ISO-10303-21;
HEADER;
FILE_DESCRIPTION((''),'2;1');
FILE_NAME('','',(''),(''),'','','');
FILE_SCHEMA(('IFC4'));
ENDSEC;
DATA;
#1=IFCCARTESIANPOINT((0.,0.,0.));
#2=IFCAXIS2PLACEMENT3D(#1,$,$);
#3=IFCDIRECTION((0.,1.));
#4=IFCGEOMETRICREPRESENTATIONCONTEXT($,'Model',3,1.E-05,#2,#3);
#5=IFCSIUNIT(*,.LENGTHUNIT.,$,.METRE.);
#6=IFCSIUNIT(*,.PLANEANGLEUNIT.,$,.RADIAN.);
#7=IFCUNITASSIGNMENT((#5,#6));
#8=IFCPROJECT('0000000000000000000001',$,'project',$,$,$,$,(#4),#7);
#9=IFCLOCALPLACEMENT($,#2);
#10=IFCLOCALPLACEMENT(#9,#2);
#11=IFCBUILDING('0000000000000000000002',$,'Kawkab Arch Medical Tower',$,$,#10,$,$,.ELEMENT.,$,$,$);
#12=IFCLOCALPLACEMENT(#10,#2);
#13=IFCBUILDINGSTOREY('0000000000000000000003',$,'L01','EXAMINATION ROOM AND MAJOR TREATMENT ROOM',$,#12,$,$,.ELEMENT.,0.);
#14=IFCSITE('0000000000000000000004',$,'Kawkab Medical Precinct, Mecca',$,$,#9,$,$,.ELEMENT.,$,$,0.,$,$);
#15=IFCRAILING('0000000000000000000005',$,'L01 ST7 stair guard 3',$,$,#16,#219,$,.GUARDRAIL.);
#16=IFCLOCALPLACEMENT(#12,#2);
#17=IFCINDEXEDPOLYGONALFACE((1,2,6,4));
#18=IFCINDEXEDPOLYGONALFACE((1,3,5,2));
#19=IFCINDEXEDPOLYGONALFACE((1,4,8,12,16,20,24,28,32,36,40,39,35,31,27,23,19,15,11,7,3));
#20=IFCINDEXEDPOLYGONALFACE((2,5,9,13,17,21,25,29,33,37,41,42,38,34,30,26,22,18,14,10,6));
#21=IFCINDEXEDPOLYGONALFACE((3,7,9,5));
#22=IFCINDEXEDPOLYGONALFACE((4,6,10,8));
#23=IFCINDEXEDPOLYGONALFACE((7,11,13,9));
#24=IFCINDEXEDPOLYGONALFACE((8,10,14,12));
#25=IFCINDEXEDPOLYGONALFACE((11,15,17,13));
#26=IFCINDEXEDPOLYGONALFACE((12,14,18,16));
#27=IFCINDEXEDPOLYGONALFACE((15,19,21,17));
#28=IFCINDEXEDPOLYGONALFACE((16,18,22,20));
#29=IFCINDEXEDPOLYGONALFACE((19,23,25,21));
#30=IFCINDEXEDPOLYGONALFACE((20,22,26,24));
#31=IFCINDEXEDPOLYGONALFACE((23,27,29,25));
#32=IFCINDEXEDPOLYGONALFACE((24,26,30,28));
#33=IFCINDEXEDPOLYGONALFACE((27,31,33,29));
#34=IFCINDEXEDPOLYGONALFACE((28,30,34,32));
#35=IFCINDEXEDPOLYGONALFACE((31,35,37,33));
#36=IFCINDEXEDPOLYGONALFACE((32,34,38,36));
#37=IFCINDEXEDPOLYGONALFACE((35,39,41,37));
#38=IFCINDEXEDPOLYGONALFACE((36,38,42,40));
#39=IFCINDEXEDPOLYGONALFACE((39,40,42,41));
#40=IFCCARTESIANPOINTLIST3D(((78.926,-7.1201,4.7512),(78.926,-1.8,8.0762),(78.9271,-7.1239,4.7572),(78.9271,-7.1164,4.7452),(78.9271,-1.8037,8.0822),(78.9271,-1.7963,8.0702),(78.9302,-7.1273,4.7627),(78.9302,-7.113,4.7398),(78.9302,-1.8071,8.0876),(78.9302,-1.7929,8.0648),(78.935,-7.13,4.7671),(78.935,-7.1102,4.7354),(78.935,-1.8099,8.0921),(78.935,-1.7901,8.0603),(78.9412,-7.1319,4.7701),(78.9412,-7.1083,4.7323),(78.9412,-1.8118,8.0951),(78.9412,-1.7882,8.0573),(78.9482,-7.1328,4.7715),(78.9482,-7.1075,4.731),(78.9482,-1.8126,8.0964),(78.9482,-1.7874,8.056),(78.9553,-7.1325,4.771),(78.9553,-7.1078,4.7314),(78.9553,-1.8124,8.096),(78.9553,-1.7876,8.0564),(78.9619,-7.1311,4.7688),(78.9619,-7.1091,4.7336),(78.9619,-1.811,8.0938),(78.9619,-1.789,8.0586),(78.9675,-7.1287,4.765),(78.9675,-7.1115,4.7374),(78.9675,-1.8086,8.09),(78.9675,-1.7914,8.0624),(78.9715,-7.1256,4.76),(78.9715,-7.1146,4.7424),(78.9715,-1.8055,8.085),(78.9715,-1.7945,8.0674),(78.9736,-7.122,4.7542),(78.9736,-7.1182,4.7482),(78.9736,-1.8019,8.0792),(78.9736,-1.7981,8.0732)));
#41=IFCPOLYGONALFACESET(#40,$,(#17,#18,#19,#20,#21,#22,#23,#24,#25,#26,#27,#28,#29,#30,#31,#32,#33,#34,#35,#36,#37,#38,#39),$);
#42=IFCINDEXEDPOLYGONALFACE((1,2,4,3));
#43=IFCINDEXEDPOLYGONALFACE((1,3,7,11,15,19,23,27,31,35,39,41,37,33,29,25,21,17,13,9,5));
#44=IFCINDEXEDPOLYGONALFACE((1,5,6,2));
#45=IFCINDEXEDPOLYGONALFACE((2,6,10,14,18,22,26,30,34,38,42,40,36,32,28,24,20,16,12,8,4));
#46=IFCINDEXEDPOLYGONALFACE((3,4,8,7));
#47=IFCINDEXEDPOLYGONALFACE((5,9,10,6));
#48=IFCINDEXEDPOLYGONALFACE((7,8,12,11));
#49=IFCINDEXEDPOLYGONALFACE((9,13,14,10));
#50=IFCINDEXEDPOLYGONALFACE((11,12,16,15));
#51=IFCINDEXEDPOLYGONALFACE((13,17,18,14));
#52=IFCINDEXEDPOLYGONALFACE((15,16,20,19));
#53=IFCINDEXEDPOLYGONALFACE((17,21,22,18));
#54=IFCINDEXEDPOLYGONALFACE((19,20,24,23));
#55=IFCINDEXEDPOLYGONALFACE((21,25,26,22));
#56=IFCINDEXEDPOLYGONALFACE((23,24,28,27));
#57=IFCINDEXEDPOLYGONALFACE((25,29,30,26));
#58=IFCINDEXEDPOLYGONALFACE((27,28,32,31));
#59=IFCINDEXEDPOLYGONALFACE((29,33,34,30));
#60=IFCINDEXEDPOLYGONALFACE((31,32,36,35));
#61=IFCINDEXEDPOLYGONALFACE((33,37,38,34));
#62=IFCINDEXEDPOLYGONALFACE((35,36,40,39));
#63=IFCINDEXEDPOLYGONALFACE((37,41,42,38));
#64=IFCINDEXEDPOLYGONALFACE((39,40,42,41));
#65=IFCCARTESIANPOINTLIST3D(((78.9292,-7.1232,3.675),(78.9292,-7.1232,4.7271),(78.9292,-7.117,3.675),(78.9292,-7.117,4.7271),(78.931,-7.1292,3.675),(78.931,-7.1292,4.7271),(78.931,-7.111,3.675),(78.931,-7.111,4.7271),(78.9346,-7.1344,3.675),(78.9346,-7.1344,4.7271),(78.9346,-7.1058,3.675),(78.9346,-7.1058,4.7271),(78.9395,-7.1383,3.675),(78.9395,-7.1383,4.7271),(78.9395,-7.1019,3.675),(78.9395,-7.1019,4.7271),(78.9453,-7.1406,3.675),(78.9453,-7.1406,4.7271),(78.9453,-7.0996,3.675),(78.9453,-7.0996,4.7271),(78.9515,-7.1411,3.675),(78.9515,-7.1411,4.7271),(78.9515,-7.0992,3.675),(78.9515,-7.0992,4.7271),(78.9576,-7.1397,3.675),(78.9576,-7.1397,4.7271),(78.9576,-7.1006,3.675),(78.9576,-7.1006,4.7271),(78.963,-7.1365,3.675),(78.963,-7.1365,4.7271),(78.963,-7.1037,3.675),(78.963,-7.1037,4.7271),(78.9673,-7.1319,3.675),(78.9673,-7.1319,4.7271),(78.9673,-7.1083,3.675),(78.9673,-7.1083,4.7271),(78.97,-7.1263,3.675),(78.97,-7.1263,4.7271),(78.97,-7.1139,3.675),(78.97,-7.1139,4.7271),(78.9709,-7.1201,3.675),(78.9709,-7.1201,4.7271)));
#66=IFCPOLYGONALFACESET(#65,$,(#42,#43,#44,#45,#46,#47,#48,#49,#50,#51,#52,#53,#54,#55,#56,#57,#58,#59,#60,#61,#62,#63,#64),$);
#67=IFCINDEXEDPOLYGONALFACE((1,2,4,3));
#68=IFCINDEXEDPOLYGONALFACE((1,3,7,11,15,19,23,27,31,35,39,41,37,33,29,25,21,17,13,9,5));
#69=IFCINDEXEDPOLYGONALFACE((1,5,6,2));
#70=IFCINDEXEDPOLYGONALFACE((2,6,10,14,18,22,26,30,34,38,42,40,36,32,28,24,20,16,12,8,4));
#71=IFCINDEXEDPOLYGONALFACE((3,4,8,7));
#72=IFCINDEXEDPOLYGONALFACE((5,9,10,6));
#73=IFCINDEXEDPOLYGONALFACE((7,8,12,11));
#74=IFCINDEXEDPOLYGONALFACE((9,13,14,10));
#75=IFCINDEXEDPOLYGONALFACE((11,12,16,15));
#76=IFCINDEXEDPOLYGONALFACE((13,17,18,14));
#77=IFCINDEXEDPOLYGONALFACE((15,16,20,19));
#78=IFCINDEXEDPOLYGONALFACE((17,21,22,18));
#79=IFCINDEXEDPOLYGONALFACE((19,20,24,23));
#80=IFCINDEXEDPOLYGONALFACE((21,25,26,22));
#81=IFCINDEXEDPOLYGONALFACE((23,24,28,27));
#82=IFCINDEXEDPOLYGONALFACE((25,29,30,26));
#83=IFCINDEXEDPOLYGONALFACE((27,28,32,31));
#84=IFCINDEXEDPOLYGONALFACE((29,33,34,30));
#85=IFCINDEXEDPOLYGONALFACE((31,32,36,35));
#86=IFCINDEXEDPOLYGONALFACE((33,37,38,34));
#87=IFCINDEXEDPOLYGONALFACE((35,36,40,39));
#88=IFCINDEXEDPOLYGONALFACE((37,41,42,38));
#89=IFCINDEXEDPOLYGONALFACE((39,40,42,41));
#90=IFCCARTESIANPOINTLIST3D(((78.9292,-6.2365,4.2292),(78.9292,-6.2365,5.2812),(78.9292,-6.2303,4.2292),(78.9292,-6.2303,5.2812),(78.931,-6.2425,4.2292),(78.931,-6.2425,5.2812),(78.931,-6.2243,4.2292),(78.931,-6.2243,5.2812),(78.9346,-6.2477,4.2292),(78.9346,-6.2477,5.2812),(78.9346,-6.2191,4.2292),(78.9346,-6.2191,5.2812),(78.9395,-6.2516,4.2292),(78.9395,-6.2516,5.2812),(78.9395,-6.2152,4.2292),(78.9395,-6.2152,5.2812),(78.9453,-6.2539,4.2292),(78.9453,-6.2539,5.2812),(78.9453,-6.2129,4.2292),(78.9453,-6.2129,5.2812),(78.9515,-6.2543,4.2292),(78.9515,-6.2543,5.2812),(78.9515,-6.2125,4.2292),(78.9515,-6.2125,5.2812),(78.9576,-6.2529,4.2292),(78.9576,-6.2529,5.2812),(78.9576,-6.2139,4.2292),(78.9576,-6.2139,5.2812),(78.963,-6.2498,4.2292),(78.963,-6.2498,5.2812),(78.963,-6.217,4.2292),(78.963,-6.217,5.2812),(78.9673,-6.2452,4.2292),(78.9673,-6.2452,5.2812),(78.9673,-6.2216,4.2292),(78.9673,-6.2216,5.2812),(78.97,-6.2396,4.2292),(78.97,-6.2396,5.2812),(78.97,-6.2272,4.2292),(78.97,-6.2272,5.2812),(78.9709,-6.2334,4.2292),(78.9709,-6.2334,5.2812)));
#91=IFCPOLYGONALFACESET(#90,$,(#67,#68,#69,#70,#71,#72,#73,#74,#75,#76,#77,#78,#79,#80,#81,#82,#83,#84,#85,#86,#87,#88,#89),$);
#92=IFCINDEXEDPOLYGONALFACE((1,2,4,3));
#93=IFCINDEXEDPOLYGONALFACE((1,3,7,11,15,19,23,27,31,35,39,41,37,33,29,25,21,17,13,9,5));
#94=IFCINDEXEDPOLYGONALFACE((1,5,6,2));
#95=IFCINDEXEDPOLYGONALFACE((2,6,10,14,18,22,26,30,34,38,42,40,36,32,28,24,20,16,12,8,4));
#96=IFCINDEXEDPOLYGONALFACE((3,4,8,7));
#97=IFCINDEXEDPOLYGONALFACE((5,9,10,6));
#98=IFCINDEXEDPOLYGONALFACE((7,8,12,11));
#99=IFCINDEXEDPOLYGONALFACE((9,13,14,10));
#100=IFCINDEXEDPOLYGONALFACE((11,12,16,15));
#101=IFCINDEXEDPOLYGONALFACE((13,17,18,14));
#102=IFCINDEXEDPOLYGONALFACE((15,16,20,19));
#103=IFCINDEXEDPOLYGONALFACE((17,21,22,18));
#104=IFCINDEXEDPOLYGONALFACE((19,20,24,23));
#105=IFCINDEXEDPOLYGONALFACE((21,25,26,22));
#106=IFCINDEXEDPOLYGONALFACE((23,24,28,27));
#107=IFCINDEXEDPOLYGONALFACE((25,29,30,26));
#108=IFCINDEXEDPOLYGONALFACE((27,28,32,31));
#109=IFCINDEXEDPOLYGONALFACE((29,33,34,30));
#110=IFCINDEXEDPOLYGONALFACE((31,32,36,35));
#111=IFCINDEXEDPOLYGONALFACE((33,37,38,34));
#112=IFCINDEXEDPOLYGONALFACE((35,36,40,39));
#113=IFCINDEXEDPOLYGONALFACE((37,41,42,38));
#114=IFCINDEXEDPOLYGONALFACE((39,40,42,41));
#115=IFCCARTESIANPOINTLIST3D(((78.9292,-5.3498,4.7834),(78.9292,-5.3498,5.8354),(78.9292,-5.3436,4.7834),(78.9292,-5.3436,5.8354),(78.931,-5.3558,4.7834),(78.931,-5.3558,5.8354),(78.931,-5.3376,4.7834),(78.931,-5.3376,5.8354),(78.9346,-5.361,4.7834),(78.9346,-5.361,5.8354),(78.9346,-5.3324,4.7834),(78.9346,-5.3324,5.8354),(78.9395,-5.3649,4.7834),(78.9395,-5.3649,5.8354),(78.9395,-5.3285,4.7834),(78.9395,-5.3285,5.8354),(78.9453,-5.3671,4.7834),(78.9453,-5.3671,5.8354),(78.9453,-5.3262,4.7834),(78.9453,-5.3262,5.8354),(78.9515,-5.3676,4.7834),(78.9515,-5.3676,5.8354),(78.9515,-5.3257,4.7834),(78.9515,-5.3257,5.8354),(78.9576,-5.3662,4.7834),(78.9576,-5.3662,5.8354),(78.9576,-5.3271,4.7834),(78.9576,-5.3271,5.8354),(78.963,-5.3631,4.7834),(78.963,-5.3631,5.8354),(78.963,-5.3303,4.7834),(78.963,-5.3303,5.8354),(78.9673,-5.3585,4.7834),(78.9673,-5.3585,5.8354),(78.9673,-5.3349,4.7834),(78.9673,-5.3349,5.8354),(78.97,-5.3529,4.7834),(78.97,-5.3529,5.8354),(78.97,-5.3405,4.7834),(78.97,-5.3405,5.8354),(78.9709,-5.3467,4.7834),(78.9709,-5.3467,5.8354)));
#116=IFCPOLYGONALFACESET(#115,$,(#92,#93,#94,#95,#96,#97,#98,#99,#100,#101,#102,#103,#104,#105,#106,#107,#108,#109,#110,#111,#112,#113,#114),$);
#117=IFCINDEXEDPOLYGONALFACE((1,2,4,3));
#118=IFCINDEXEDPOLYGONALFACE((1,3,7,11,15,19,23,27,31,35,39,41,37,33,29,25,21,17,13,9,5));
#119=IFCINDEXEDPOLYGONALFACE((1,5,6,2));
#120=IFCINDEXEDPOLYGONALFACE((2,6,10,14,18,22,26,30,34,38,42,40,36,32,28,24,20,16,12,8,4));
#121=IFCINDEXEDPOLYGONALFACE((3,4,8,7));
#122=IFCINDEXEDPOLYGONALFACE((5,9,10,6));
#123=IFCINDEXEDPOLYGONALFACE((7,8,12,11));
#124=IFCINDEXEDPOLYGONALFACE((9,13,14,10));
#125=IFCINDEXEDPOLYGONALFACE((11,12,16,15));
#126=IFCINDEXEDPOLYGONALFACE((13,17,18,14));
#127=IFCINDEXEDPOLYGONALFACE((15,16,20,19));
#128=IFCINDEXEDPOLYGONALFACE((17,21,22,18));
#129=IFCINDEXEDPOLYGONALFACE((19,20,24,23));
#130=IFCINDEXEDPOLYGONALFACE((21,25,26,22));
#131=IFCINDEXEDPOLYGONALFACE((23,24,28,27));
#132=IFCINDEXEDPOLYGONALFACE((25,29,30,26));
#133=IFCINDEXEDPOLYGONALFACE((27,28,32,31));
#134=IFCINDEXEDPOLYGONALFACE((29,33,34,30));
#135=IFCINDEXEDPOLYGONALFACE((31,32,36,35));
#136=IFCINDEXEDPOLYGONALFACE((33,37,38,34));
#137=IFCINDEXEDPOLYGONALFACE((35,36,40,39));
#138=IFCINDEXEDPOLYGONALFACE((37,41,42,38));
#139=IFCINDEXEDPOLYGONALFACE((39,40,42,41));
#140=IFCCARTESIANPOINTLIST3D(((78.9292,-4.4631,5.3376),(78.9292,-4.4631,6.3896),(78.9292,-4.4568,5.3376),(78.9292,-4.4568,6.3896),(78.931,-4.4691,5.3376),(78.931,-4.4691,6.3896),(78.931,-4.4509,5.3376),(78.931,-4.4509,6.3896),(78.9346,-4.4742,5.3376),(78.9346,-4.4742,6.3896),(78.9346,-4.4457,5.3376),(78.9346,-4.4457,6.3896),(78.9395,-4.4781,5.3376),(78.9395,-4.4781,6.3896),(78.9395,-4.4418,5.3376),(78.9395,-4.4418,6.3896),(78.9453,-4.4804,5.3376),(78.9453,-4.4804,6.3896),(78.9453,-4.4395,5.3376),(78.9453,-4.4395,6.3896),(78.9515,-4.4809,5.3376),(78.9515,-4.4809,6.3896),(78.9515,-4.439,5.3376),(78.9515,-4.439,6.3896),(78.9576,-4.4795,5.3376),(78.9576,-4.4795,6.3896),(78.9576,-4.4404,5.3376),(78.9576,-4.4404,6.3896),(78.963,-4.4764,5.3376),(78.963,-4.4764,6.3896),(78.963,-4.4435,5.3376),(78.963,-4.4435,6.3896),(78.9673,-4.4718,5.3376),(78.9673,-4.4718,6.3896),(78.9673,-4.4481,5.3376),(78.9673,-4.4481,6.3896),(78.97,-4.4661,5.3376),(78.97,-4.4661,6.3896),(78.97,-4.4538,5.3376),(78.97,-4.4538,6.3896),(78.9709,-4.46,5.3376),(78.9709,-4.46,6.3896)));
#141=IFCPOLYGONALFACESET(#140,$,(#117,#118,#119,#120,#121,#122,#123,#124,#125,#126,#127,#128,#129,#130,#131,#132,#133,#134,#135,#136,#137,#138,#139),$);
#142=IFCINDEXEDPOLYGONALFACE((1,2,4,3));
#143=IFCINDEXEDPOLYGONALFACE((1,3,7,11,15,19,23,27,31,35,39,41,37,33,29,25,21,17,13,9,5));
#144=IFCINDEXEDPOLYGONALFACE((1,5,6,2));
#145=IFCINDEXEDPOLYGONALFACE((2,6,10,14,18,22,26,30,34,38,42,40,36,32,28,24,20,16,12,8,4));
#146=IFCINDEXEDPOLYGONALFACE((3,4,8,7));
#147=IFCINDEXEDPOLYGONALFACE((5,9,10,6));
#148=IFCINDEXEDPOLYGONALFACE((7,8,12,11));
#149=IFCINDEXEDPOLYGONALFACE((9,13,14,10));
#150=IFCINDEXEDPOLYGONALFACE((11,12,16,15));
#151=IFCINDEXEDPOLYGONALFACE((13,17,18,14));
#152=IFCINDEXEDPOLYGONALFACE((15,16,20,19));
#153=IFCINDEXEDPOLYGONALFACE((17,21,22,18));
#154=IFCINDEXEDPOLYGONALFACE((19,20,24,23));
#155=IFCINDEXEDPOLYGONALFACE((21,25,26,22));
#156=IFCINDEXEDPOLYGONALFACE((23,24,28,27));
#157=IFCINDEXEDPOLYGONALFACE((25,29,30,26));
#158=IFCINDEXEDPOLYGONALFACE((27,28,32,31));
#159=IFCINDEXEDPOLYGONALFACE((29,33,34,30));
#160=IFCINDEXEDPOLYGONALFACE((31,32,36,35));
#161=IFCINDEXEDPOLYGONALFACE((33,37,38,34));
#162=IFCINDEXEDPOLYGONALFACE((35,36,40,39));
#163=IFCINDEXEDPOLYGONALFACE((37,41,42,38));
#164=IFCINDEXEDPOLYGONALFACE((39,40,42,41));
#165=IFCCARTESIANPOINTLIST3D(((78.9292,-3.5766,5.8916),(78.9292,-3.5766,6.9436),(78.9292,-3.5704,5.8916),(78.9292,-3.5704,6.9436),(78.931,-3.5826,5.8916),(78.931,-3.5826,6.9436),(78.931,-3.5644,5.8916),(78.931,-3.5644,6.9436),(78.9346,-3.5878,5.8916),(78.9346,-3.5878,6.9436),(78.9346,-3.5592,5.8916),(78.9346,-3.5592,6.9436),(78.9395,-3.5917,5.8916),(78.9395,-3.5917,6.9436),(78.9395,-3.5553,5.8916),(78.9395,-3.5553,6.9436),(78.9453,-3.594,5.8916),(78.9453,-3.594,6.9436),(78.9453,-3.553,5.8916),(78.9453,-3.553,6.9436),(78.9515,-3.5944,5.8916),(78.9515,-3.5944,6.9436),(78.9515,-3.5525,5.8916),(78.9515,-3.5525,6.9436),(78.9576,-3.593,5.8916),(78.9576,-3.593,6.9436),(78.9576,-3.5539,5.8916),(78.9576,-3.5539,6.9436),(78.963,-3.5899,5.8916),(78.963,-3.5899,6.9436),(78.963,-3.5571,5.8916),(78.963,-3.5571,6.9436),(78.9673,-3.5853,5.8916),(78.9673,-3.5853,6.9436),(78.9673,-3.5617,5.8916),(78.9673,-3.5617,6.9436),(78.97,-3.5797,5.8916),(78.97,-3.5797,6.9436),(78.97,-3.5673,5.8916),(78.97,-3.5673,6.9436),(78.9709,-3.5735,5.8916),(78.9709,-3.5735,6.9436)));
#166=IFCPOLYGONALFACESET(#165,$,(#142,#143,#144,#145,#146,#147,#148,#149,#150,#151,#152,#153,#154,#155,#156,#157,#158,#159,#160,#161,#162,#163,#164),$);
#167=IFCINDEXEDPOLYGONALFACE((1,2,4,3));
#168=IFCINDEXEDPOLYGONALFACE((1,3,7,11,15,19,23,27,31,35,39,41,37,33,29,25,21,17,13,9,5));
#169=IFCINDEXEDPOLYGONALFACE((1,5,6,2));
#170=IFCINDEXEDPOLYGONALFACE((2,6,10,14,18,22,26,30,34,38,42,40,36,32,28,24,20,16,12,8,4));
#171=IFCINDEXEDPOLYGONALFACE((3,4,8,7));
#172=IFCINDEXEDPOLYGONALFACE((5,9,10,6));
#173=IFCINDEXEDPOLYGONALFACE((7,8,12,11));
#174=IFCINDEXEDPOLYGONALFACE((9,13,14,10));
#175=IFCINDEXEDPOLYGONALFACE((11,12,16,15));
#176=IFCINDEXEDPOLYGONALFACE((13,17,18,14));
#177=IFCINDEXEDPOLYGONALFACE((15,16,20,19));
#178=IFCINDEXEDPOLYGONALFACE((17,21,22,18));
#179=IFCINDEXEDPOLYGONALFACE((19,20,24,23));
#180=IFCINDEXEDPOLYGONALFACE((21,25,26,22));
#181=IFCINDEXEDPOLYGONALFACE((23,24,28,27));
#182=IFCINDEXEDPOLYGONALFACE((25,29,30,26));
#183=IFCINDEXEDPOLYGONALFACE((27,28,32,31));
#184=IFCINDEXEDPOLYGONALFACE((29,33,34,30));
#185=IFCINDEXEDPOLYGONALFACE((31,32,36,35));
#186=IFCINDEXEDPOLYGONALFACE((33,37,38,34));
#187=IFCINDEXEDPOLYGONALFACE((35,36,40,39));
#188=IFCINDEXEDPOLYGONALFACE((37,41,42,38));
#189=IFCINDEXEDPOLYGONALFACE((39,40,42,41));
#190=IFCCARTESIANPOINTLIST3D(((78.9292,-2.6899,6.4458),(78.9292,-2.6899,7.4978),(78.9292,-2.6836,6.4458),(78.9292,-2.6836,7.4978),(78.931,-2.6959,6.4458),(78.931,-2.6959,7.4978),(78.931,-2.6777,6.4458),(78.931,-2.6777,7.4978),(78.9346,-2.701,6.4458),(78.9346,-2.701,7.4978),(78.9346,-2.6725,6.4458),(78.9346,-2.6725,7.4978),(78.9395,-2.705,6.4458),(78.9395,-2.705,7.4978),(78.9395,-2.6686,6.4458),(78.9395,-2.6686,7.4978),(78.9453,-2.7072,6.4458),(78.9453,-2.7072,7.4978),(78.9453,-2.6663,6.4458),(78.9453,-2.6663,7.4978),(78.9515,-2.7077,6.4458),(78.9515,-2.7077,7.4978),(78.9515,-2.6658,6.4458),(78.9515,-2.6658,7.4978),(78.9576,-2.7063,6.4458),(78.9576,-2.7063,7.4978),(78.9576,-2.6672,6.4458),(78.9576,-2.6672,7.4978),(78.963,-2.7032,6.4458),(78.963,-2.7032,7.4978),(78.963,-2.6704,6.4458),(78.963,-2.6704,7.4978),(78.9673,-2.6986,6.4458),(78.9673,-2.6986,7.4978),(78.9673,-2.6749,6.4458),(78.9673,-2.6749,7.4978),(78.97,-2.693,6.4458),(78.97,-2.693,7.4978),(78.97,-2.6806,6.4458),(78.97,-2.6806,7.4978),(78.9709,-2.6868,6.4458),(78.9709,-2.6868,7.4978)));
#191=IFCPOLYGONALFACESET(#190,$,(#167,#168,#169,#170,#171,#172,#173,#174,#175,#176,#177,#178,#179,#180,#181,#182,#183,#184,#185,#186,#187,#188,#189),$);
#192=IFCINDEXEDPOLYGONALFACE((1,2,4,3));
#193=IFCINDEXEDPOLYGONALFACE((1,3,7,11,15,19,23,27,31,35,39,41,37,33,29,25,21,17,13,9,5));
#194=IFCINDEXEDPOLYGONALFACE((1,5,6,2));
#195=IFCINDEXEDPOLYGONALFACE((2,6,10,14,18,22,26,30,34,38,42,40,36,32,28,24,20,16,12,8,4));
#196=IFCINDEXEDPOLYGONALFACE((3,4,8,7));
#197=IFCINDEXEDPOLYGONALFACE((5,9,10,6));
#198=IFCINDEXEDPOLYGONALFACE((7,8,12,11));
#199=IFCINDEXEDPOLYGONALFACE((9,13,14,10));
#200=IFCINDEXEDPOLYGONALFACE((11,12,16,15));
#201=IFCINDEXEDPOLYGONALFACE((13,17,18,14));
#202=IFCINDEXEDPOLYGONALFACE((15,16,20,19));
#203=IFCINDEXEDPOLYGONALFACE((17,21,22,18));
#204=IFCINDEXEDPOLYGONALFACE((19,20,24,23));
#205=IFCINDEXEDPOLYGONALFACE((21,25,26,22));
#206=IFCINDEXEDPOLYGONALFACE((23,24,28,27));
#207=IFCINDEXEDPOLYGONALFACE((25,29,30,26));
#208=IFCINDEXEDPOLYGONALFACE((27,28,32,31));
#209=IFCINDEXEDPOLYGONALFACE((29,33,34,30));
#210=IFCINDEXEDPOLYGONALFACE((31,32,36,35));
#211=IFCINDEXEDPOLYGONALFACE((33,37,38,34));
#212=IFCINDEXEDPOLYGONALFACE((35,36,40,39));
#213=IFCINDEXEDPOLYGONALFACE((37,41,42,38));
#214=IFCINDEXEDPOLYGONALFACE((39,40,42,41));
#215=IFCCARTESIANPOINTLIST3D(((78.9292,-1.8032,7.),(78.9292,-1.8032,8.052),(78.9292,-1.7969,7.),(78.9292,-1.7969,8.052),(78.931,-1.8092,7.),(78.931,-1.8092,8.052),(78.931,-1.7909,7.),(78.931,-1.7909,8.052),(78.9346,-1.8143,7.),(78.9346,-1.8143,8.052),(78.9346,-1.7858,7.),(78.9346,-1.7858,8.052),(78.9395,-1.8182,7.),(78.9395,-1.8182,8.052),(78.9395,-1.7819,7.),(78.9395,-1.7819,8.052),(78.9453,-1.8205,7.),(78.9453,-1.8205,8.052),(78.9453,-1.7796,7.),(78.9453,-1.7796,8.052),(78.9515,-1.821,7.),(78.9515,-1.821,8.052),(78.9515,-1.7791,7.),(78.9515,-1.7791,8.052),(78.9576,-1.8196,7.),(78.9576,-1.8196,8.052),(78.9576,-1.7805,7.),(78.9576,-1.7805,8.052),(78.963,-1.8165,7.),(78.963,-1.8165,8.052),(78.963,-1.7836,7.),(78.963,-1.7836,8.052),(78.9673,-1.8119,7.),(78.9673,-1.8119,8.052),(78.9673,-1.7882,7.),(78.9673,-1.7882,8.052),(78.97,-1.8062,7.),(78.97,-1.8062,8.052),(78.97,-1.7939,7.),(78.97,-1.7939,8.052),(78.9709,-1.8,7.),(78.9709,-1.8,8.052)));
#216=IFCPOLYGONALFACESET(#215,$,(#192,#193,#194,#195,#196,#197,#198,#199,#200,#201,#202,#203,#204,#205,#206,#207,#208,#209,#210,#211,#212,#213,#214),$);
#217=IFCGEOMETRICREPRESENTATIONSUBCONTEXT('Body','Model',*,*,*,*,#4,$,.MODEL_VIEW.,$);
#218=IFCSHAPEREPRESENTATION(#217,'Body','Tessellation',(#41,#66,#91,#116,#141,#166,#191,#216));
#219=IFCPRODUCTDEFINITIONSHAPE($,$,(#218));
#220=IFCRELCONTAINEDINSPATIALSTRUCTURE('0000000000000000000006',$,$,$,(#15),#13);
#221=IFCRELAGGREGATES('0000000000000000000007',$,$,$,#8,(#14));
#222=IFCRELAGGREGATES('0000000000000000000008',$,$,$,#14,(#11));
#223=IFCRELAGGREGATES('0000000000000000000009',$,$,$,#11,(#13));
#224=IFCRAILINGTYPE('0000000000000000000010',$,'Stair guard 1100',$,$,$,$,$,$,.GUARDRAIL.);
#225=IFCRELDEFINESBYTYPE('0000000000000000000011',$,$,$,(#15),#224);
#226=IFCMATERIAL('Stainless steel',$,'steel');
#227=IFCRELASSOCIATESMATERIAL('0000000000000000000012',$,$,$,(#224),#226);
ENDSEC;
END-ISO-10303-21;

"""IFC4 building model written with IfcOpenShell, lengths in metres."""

from ifc_helpers import new_model, si_unit, direction, frame, origin, origin_2d, place, context, subcontext, project, spatial, circle, extrude, material, type_object, element, save


model = new_model("IFC4")

# Units and contexts
model_context = context("Model", 3, precision=1e-05, world=origin(), true_north=direction((0.0, 1.0)))
body_context = subcontext(model_context, "Body", "Model", "MODEL_VIEW")
ifc_project = project(units=[si_unit("LENGTHUNIT", "METRE"), si_unit("PLANEANGLEUNIT", "RADIAN")], contexts=[model_context])

# Site, building, storey
site_placement = place(None, origin())
site = spatial("IfcSite", under=ifc_project, at=site_placement, Name="Kawkab Medical Precinct, Mecca", CompositionType="ELEMENT", RefElevation=0.0)
building_placement = place(site_placement, origin())
building = spatial("IfcBuilding", under=site, at=building_placement, Name="Kawkab Arch Medical Tower", CompositionType="ELEMENT")
storey_placement = place(building_placement, origin())
storey = spatial("IfcBuildingStorey", under=building, at=storey_placement, Name="L01", Description="EXAMINATION ROOM AND MAJOR TREATMENT ROOM", CompositionType="ELEMENT", Elevation=0.0)

# Railing
ifc_material_1 = material(Name="Stainless steel", Category="steel")
railing_type = type_object("IfcRailingType", Name="Stair guard 1100", PredefinedType="GUARDRAIL", material=ifc_material_1)
railing_1_placement = place(storey_placement, frame((78.95, -7.1201, 3.675)))
element("IfcRailing", 1, at=railing_1_placement, inside=storey, type_object=railing_type, Name="L01 ST7 stair guard 3", PredefinedType="GUARDRAIL", context=body_context, shape_type="SweptSolid", body=[
    extrude(circle(Radius=0.0239, at=origin_2d()), frame((0.0, 0.0, 1.0762), z_axis=(0.0, 0.848005, 0.529988), x_axis=(-1.0, 0.0, 0.0)), (0.0, 0.0, 1.0), 6.2737),
    extrude(circle(Radius=0.021, at=origin_2d()), origin(), (0.0, 0.0, 1.0), 1.052),
    extrude(circle(Radius=0.021, at=origin_2d()), frame((0.0, 0.8867, 0.5542)), (0.0, 0.0, 1.0), 1.052),
    extrude(circle(Radius=0.021, at=origin_2d()), frame((0.0, 1.7734, 1.1084)), (0.0, 0.0, 1.0), 1.052),
    extrude(circle(Radius=0.021, at=origin_2d()), frame((0.0, 2.6602, 1.6626)), (0.0, 0.0, 1.0), 1.052),
    extrude(circle(Radius=0.021, at=origin_2d()), frame((0.0, 3.5466, 2.2166)), (0.0, 0.0, 1.0), 1.052),
    extrude(circle(Radius=0.021, at=origin_2d()), frame((0.0, 4.4333, 2.7708)), (0.0, 0.0, 1.0), 1.052),
    extrude(circle(Radius=0.021, at=origin_2d()), frame((0.0, 5.3201, 3.325)), (0.0, 0.0, 1.0), 1.052),
])

save(model, "model.ifc")
